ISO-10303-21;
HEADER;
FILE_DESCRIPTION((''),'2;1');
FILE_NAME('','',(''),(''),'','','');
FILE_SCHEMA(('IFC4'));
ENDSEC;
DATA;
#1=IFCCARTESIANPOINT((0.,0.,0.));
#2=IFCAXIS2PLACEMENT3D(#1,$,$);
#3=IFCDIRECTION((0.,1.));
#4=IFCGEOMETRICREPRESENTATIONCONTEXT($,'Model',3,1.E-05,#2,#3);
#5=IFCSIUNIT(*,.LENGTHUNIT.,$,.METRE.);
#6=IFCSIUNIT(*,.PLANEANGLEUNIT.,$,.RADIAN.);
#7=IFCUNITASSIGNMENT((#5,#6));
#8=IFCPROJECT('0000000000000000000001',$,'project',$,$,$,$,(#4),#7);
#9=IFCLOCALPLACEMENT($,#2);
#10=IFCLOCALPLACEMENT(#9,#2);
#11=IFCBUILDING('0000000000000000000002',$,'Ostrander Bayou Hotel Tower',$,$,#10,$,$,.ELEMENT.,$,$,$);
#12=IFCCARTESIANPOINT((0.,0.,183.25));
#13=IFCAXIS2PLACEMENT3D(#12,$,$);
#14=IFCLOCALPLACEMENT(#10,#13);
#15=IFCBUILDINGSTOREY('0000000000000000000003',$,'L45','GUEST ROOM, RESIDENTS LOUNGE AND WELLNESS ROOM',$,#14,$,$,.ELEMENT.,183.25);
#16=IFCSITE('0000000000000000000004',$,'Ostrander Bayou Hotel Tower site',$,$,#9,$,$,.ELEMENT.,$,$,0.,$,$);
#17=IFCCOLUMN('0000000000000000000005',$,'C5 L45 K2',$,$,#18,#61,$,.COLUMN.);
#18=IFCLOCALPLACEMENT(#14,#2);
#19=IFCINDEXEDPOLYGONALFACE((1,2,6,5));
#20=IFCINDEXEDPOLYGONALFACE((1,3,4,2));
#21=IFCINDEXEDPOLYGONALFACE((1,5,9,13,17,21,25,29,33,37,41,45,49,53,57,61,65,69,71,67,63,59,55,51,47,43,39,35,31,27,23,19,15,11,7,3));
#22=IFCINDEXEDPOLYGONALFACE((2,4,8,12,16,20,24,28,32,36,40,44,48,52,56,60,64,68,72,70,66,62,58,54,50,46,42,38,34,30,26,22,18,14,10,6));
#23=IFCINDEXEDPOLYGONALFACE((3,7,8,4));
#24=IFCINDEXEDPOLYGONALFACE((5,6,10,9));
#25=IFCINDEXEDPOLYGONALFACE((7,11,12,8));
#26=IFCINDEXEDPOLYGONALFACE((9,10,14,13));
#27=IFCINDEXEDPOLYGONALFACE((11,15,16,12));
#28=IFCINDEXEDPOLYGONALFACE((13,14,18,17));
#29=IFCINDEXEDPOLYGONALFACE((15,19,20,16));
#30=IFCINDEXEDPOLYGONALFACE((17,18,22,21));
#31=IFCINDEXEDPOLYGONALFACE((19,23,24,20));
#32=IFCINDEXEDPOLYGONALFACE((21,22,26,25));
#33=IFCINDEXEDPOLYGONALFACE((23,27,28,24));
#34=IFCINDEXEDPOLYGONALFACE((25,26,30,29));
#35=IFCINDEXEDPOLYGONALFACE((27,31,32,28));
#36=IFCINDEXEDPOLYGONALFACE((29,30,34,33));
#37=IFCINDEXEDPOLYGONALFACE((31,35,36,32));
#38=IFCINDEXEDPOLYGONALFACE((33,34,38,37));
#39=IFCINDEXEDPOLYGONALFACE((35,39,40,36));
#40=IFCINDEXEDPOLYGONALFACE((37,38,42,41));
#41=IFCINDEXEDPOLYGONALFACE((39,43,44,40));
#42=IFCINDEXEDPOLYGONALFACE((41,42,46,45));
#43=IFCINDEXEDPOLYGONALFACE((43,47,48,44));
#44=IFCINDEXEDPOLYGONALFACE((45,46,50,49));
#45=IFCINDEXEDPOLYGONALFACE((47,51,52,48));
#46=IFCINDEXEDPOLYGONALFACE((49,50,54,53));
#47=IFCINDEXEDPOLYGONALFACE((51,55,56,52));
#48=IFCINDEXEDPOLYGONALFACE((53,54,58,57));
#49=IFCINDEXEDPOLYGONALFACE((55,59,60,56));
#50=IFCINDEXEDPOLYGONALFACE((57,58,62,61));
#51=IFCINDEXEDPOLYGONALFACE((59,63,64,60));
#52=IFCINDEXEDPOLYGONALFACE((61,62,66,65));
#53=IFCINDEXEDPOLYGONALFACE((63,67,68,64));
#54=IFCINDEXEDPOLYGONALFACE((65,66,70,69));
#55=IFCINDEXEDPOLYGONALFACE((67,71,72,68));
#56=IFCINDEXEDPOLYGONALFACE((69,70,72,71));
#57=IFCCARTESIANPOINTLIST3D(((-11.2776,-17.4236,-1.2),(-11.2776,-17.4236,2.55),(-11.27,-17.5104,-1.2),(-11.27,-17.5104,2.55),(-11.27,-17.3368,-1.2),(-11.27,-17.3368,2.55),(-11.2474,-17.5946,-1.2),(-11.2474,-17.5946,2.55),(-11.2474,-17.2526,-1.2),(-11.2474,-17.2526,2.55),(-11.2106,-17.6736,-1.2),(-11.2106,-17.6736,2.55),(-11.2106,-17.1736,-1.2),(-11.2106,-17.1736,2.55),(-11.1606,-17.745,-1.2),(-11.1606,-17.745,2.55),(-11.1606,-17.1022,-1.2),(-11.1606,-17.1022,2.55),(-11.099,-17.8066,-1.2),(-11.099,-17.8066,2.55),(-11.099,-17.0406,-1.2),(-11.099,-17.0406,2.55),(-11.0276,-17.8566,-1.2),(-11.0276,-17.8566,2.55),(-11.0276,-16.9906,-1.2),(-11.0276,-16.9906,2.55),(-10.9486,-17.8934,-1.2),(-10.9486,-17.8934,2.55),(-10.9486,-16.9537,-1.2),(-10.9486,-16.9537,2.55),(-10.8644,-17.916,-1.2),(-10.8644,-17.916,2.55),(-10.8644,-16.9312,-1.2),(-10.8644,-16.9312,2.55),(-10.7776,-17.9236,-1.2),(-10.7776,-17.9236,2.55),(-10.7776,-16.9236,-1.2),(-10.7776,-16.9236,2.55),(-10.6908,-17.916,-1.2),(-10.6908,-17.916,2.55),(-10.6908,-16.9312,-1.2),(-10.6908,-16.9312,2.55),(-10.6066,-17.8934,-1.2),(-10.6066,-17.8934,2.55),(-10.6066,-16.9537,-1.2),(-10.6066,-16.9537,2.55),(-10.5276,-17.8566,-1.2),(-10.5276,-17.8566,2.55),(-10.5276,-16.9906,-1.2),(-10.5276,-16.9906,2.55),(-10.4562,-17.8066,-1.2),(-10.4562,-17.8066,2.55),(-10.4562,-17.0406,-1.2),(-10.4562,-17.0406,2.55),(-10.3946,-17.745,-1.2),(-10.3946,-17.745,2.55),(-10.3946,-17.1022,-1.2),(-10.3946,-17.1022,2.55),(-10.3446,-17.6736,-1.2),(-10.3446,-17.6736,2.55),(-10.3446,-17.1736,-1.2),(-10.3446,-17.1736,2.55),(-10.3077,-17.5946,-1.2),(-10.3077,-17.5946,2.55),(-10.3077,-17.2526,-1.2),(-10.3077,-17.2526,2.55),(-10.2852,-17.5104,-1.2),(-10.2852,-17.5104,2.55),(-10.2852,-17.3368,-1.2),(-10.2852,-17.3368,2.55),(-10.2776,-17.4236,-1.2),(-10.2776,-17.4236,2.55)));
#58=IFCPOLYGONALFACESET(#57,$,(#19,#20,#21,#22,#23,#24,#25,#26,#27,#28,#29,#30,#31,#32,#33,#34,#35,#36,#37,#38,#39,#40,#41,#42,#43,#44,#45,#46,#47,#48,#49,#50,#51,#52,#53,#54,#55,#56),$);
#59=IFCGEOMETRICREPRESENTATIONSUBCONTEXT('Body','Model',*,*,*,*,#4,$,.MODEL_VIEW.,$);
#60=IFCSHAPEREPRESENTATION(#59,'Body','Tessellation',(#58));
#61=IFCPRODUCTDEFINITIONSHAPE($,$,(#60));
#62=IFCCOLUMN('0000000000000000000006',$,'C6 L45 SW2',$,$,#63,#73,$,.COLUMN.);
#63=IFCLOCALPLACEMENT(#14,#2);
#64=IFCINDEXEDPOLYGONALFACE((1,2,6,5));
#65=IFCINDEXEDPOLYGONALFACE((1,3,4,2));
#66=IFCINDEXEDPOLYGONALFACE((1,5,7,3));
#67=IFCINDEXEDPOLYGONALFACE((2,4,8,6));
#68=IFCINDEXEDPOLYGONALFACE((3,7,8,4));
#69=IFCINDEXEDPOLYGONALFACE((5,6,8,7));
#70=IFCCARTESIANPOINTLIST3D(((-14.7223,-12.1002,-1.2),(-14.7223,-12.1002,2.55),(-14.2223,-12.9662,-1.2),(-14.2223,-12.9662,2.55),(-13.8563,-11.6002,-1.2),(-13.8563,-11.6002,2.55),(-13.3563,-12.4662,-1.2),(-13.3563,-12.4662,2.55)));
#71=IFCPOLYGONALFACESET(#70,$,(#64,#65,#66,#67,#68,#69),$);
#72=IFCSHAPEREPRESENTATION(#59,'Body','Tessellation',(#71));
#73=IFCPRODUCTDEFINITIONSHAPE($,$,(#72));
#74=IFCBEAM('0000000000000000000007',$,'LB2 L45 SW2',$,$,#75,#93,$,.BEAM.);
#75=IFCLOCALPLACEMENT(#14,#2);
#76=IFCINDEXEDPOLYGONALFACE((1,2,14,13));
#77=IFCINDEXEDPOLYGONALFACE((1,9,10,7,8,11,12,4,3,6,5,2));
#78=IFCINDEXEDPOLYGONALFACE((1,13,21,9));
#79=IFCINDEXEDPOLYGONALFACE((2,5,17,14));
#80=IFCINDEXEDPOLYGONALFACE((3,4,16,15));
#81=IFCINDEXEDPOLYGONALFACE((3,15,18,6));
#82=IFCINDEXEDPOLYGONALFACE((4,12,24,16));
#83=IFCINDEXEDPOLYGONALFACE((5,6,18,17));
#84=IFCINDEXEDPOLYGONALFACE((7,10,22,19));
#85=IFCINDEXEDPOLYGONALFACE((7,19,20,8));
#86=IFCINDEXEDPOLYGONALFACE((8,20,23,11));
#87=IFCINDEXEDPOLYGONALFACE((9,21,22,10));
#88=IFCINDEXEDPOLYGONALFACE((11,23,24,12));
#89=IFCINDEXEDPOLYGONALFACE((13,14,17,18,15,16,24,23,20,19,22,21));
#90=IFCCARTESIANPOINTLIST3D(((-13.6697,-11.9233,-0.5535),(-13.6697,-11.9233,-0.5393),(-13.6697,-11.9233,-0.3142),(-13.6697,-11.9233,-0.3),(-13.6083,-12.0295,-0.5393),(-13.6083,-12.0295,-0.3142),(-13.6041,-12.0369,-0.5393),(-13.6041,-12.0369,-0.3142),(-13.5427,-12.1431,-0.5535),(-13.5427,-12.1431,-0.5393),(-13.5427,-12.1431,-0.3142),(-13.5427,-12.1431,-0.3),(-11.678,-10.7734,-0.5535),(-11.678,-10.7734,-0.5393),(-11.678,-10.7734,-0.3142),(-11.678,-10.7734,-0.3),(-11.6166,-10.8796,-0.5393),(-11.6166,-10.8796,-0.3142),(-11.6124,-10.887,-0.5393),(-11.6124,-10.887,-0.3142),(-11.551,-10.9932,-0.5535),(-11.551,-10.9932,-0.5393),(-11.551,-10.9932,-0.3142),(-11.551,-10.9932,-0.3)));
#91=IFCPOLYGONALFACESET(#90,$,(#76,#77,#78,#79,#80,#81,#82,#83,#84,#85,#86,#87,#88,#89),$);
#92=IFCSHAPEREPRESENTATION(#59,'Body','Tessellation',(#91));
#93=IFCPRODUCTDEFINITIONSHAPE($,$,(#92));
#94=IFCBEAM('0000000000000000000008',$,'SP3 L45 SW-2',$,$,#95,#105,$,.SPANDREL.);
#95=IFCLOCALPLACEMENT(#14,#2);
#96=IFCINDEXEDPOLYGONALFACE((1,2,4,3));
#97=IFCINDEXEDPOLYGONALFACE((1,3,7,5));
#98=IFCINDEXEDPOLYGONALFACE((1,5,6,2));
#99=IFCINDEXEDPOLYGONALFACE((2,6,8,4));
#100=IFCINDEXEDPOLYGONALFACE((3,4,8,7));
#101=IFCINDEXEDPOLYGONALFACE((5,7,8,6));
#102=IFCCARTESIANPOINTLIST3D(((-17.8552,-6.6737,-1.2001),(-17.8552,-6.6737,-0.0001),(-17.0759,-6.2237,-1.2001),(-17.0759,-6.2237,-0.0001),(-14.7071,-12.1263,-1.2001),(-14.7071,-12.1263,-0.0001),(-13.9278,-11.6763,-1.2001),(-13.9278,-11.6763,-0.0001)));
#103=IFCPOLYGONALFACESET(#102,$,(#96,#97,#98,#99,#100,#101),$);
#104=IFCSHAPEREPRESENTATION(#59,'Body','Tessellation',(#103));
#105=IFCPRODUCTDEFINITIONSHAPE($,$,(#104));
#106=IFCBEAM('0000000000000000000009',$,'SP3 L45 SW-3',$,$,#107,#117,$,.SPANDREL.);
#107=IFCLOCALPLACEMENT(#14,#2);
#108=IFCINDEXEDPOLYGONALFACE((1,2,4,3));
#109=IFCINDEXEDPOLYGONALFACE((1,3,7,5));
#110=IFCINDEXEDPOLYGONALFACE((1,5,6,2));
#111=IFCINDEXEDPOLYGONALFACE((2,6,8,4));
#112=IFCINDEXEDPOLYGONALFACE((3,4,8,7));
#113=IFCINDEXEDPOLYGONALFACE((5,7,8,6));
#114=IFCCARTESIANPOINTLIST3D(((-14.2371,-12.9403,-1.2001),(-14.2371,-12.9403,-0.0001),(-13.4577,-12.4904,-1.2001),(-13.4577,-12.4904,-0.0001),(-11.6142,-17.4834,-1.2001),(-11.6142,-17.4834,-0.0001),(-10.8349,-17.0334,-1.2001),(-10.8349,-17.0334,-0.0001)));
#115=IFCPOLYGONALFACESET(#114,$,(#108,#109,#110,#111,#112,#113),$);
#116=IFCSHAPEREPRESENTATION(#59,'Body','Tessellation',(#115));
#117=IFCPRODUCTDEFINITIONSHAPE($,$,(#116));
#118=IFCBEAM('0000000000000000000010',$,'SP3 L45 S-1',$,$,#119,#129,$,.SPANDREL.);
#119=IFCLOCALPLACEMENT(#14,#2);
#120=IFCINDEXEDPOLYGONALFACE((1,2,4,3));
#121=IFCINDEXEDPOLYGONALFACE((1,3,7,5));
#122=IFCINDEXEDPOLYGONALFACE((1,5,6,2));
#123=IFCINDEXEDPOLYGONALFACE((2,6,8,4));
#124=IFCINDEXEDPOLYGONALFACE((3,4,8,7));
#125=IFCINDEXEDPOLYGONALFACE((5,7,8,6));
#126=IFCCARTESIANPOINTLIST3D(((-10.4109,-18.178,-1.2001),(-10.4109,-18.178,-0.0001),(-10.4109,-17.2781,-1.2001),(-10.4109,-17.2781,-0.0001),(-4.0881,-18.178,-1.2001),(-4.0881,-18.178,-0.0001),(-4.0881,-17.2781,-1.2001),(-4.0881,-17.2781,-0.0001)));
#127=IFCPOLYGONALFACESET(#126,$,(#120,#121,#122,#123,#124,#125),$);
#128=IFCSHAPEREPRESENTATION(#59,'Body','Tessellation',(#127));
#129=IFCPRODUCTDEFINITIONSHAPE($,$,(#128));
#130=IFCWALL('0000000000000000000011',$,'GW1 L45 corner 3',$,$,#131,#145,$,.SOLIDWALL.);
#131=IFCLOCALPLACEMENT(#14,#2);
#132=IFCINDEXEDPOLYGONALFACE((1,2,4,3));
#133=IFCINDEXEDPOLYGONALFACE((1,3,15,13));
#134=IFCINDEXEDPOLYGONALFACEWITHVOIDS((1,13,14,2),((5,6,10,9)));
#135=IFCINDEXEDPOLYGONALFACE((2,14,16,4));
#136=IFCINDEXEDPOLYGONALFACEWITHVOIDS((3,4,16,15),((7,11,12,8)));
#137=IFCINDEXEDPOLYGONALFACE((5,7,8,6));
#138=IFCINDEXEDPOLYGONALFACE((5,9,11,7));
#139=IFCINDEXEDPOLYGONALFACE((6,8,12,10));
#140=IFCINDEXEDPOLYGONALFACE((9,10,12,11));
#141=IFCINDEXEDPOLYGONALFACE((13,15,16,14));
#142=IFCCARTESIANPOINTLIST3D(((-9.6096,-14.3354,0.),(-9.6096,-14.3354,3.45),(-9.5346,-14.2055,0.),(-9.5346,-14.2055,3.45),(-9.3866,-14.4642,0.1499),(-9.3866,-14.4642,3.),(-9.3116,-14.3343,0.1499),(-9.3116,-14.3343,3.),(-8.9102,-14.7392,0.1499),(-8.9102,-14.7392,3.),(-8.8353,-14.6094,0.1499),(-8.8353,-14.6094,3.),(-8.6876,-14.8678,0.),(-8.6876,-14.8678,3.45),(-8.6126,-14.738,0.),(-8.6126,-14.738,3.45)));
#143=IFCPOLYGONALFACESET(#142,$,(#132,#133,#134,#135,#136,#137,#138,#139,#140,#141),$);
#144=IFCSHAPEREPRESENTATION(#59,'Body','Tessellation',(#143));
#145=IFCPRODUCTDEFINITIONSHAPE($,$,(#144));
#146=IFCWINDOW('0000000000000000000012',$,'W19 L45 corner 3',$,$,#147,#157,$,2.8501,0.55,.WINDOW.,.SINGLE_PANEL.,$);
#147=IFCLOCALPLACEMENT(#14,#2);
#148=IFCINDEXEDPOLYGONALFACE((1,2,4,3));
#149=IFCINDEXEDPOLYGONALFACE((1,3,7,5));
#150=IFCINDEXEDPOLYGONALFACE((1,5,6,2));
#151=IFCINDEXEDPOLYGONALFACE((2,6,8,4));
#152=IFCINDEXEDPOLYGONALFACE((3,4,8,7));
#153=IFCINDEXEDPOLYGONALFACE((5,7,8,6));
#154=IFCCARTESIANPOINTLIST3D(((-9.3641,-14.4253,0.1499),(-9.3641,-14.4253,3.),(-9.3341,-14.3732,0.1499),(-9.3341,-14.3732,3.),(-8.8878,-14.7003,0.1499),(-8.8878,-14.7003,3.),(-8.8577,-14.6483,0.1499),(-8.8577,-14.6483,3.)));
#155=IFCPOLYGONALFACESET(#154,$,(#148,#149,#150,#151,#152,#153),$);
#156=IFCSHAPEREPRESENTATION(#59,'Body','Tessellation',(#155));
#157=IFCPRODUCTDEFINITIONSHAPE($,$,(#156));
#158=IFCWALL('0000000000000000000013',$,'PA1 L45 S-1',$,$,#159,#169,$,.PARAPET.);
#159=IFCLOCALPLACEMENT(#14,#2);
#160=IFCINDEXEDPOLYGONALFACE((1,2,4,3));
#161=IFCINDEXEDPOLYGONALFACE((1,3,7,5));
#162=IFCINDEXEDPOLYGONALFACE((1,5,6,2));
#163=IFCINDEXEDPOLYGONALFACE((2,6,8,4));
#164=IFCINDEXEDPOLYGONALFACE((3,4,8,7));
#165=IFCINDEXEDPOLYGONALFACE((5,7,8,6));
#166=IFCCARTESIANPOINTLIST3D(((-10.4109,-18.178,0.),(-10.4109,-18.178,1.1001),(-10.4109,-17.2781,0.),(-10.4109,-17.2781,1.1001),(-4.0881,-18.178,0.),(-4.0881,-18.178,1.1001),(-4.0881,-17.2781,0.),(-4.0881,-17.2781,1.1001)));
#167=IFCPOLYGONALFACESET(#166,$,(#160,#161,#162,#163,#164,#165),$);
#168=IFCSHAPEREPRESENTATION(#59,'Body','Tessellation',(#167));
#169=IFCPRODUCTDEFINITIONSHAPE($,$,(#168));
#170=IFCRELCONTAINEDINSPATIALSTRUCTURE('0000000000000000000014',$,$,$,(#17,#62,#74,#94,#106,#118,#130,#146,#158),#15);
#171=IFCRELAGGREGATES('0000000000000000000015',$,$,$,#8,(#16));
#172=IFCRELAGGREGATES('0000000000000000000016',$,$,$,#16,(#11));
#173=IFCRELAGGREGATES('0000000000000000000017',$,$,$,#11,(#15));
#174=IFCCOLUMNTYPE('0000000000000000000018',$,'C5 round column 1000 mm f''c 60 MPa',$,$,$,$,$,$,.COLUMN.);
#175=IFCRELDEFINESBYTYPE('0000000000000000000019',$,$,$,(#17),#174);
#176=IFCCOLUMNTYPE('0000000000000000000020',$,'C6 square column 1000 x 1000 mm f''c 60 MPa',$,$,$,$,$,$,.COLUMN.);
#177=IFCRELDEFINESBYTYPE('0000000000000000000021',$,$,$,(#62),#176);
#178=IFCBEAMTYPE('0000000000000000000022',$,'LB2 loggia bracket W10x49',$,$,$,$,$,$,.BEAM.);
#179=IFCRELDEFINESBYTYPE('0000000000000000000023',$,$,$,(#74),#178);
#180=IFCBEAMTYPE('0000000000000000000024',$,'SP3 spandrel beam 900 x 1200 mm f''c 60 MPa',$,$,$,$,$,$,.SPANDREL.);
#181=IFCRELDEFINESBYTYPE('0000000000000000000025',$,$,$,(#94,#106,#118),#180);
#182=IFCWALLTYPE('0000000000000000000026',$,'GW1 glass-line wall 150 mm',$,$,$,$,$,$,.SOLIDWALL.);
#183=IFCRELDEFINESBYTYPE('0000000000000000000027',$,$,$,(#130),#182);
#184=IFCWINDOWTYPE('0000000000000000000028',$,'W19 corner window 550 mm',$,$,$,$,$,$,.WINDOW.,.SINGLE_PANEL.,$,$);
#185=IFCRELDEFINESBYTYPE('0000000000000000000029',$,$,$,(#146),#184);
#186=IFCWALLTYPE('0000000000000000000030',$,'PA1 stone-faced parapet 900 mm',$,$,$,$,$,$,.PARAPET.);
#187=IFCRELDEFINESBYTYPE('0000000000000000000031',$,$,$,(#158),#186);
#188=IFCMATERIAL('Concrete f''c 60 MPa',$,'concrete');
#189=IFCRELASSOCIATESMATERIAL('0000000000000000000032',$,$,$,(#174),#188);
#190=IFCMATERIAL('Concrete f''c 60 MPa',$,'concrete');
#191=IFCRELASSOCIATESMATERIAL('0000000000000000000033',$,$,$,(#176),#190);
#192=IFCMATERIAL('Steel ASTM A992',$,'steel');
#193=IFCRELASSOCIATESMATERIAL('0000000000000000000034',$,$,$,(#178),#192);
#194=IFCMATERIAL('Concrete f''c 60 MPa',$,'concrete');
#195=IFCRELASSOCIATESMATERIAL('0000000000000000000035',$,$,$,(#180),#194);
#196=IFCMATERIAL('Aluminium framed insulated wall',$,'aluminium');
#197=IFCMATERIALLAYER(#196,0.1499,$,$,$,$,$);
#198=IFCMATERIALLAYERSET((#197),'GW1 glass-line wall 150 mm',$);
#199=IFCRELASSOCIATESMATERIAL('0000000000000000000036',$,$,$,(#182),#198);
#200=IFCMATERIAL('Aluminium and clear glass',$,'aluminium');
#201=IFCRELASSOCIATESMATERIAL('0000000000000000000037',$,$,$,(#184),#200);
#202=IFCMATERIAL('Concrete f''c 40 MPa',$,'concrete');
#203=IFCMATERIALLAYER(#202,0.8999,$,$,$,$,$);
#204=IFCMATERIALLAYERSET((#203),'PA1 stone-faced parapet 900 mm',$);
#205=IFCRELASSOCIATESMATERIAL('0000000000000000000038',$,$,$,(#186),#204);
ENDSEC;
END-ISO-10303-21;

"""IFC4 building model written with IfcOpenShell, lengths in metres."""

from ifc_helpers import new_model, si_unit, direction, frame, frame_2d, origin, origin_2d, place, context, subcontext, project, spatial, rectangle, circle, i_section, extrude, material, layer, layer_set, material_profile, profile_set, type_object, element, fill, save


model = new_model("IFC4")

# Units and contexts
model_context = context("Model", 3, precision=1e-05, world=origin(), true_north=direction((0.0, 1.0)))
body_context = subcontext(model_context, "Body", "Model", "MODEL_VIEW")
ifc_project = project(units=[si_unit("LENGTHUNIT", "METRE"), si_unit("PLANEANGLEUNIT", "RADIAN")], contexts=[model_context])

# Site, building, storey
site_placement = place(None, origin())
site = spatial("IfcSite", under=ifc_project, at=site_placement, Name="Ostrander Bayou Hotel Tower site", CompositionType="ELEMENT", RefElevation=0.0)
building_placement = place(site_placement, origin())
building = spatial("IfcBuilding", under=site, at=building_placement, Name="Ostrander Bayou Hotel Tower", CompositionType="ELEMENT")
storey_placement = place(building_placement, frame((0.0, 0.0, 183.25)))
storey = spatial("IfcBuildingStorey", under=building, at=storey_placement, Name="L45", Description="GUEST ROOM, RESIDENTS LOUNGE AND WELLNESS ROOM", CompositionType="ELEMENT", Elevation=183.25)

# Columns
ifc_material_1 = material(Name="Concrete f'c 60 MPa", Category="concrete")
ifc_material_profile_1 = material_profile(ifc_material_1, circle(Radius=0.5, at=origin_2d()))
ifc_profile_set_1 = profile_set([ifc_material_profile_1], Name="Concrete f'c 60 MPa")
column_type_1 = type_object("IfcColumnType", Name="C5 round column 1000 mm f'c 60 MPa", PredefinedType="COLUMN", material=ifc_profile_set_1)
column_1_placement = place(storey_placement, frame((-10.7776, -17.4236, -1.2), z_axis=(0.0, 0.0, 1.0), x_axis=(1.0, 0.0, 0.0)))
element("IfcColumn", 1, at=column_1_placement, inside=storey, type_object=column_type_1, Name="C5 L45 K2", PredefinedType="COLUMN", context=body_context, shape_type="SweptSolid", body=[
    extrude(circle(Radius=0.5, at=origin_2d()), origin(), (0.0, 0.0, 1.0), 3.75),
])
ifc_material_2 = material(Name="Concrete f'c 60 MPa", Category="concrete")
ifc_material_profile_2 = material_profile(ifc_material_2, rectangle(XDim=1.0, YDim=1.0, at=origin_2d()))
ifc_profile_set_2 = profile_set([ifc_material_profile_2], Name="Concrete f'c 60 MPa")
column_type_2 = type_object("IfcColumnType", Name="C6 square column 1000 x 1000 mm f'c 60 MPa", PredefinedType="COLUMN", material=ifc_profile_set_2)
column_2_placement = place(storey_placement, frame((-14.0393, -12.2832, -1.2), z_axis=(0.0, 0.0, 1.0), x_axis=(-0.5, 0.866025, 0.0)))
element("IfcColumn", 2, at=column_2_placement, inside=storey, type_object=column_type_2, Name="C6 L45 SW2", PredefinedType="COLUMN", context=body_context, shape_type="SweptSolid", body=[
    extrude(rectangle(XDim=1.0, YDim=1.0, at=origin_2d()), origin(), (0.0, 0.0, 1.0), 3.75),
])

# Beams
ifc_material_3 = material(Name="Steel ASTM A992", Category="steel")
ifc_material_profile_3 = material_profile(ifc_material_3, i_section(OverallWidth=0.2539, OverallDepth=0.2534, WebThickness=0.0085, FlangeThickness=0.0142, at=origin_2d()))
ifc_profile_set_3 = profile_set([ifc_material_profile_3], Name="Steel ASTM A992")
beam_type_1 = type_object("IfcBeamType", Name="LB2 loggia bracket W10x49", PredefinedType="BEAM", material=ifc_profile_set_3)
beam_1_placement = place(storey_placement, frame((-13.6062, -12.0332, -0.4268), z_axis=(0.866026, 0.499998, 0.0), x_axis=(-0.499998, 0.866026, 0.0)))
element("IfcBeam", 3, at=beam_1_placement, inside=storey, type_object=beam_type_1, Name="LB2 L45 SW2", PredefinedType="BEAM", context=body_context, shape_type="SweptSolid", body=[
    extrude(i_section(OverallWidth=0.2539, OverallDepth=0.2534, WebThickness=0.0085, FlangeThickness=0.0142, at=origin_2d()), origin(), (0.0, 0.0, 1.0), 2.2998),
])
ifc_material_4 = material(Name="Concrete f'c 60 MPa", Category="concrete")
ifc_material_profile_4 = material_profile(ifc_material_4, rectangle(XDim=0.8999, YDim=1.2, at=origin_2d()))
ifc_profile_set_4 = profile_set([ifc_material_profile_4], Name="Concrete f'c 60 MPa")
beam_type_2 = type_object("IfcBeamType", Name="SP3 spandrel beam 900 x 1200 mm f'c 60 MPa", PredefinedType="SPANDREL", material=ifc_profile_set_4)
beam_2_placement = place(storey_placement, frame((-17.4656, -6.4487, -0.6001), z_axis=(0.500013, -0.866018, 0.0), x_axis=(0.866018, 0.500013, 0.0)))
element("IfcBeam", 4, at=beam_2_placement, inside=storey, type_object=beam_type_2, Name="SP3 L45 SW-2", PredefinedType="SPANDREL", context=body_context, shape_type="SweptSolid", body=[
    extrude(rectangle(XDim=0.8999, YDim=1.2, at=origin_2d()), origin(), (0.0, 0.0, 1.0), 6.2961),
])
beam_3_placement = place(storey_placement, frame((-13.8474, -12.7153, -0.6001), z_axis=(0.499988, -0.866032, 0.0), x_axis=(0.866032, 0.499988, 0.0)))
element("IfcBeam", 5, at=beam_3_placement, inside=storey, type_object=beam_type_2, Name="SP3 L45 SW-3", PredefinedType="SPANDREL", context=body_context, shape_type="SweptSolid", body=[
    extrude(rectangle(XDim=0.8999, YDim=1.2, at=origin_2d()), origin(), (0.0, 0.0, 1.0), 5.2458),
])
beam_4_placement = place(storey_placement, frame((-10.4109, -17.728, -0.6001), z_axis=(1.0, 0.0, 0.0), x_axis=(0.0, 1.0, 0.0)))
element("IfcBeam", 6, at=beam_4_placement, inside=storey, type_object=beam_type_2, Name="SP3 L45 S-1", PredefinedType="SPANDREL", context=body_context, shape_type="SweptSolid", body=[
    extrude(rectangle(XDim=0.8999, YDim=1.2, at=origin_2d()), origin(), (0.0, 0.0, 1.0), 6.3228),
])

# Wall, opening, window
ifc_material_5 = material(Name="Aluminium framed insulated wall", Category="aluminium")
ifc_layer_1 = layer(ifc_material_5, 0.1499)
ifc_layer_set_1 = layer_set([ifc_layer_1], Name="GW1 glass-line wall 150 mm")
wall_type_1 = type_object("IfcWallType", Name="GW1 glass-line wall 150 mm", PredefinedType="SOLIDWALL", material=ifc_layer_set_1)
wall_1_placement = place(storey_placement, frame((-9.572, -14.2705, 0.0), z_axis=(0.0, 0.0, 1.0), x_axis=(0.865991, -0.50006, 0.0)))
wall_1 = element("IfcWall", 7, at=wall_1_placement, inside=storey, type_object=wall_type_1, Name="GW1 L45 corner 3", PredefinedType="SOLIDWALL", context=body_context, shape_type="SweptSolid", body=[
    extrude(rectangle(XDim=1.0647, YDim=0.1499, at=frame_2d((0.5322, 0.0))), origin(), (0.0, 0.0, 1.0), 3.45),
])
opening_placement = place(wall_1_placement, frame((0.2576, 0.0, 0.1499)))
opening = element("IfcOpeningElement", 8, at=opening_placement, cuts=wall_1, PredefinedType="OPENING", context=body_context, shape_type="SweptSolid", body=[
    extrude(rectangle(XDim=0.55, YDim=2.8501, at=frame_2d((0.2749, 1.425))), frame((0.0, 0.075, 0.0), z_axis=(0.0, -1.0, 0.0), x_axis=(1.0, 0.0, 0.0)), (0.0, 0.0, 1.0), 0.1499),
])
ifc_material_6 = material(Name="Aluminium and clear glass", Category="aluminium")
window_type = type_object("IfcWindowType", Name="W19 corner window 550 mm", PartitioningType="SINGLE_PANEL", PredefinedType="WINDOW", material=ifc_material_6)
window_placement = place(opening_placement, origin())
window = element("IfcWindow", 9, at=window_placement, inside=storey, type_object=window_type, Name="W19 L45 corner 3", OverallHeight=2.8501, OverallWidth=0.55, PartitioningType="SINGLE_PANEL", PredefinedType="WINDOW", context=body_context, shape_type="SweptSolid", body=[
    extrude(rectangle(XDim=0.55, YDim=2.8501, at=frame_2d((0.2749, 1.425))), frame((0.0, 0.03, 0.0), z_axis=(0.0, -1.0, 0.0), x_axis=(1.0, 0.0, 0.0)), (0.0, 0.0, 1.0), 0.0601),
])
fill(opening, window)

# Wall
ifc_material_7 = material(Name="Concrete f'c 40 MPa", Category="concrete")
ifc_layer_2 = layer(ifc_material_7, 0.8999)
ifc_layer_set_2 = layer_set([ifc_layer_2], Name="PA1 stone-faced parapet 900 mm")
wall_type_2 = type_object("IfcWallType", Name="PA1 stone-faced parapet 900 mm", PredefinedType="PARAPET", material=ifc_layer_set_2)
wall_2_placement = place(storey_placement, frame((-10.4109, -17.728, 0.0), z_axis=(0.0, 0.0, 1.0), x_axis=(1.0, 0.0, 0.0)))
element("IfcWall", 10, at=wall_2_placement, inside=storey, type_object=wall_type_2, Name="PA1 L45 S-1", PredefinedType="PARAPET", context=body_context, shape_type="SweptSolid", body=[
    extrude(rectangle(XDim=6.3228, YDim=0.8999, at=frame_2d((3.1614, 0.0))), origin(), (0.0, 0.0, 1.0), 1.1001),
])

save(model, "model.ifc")
